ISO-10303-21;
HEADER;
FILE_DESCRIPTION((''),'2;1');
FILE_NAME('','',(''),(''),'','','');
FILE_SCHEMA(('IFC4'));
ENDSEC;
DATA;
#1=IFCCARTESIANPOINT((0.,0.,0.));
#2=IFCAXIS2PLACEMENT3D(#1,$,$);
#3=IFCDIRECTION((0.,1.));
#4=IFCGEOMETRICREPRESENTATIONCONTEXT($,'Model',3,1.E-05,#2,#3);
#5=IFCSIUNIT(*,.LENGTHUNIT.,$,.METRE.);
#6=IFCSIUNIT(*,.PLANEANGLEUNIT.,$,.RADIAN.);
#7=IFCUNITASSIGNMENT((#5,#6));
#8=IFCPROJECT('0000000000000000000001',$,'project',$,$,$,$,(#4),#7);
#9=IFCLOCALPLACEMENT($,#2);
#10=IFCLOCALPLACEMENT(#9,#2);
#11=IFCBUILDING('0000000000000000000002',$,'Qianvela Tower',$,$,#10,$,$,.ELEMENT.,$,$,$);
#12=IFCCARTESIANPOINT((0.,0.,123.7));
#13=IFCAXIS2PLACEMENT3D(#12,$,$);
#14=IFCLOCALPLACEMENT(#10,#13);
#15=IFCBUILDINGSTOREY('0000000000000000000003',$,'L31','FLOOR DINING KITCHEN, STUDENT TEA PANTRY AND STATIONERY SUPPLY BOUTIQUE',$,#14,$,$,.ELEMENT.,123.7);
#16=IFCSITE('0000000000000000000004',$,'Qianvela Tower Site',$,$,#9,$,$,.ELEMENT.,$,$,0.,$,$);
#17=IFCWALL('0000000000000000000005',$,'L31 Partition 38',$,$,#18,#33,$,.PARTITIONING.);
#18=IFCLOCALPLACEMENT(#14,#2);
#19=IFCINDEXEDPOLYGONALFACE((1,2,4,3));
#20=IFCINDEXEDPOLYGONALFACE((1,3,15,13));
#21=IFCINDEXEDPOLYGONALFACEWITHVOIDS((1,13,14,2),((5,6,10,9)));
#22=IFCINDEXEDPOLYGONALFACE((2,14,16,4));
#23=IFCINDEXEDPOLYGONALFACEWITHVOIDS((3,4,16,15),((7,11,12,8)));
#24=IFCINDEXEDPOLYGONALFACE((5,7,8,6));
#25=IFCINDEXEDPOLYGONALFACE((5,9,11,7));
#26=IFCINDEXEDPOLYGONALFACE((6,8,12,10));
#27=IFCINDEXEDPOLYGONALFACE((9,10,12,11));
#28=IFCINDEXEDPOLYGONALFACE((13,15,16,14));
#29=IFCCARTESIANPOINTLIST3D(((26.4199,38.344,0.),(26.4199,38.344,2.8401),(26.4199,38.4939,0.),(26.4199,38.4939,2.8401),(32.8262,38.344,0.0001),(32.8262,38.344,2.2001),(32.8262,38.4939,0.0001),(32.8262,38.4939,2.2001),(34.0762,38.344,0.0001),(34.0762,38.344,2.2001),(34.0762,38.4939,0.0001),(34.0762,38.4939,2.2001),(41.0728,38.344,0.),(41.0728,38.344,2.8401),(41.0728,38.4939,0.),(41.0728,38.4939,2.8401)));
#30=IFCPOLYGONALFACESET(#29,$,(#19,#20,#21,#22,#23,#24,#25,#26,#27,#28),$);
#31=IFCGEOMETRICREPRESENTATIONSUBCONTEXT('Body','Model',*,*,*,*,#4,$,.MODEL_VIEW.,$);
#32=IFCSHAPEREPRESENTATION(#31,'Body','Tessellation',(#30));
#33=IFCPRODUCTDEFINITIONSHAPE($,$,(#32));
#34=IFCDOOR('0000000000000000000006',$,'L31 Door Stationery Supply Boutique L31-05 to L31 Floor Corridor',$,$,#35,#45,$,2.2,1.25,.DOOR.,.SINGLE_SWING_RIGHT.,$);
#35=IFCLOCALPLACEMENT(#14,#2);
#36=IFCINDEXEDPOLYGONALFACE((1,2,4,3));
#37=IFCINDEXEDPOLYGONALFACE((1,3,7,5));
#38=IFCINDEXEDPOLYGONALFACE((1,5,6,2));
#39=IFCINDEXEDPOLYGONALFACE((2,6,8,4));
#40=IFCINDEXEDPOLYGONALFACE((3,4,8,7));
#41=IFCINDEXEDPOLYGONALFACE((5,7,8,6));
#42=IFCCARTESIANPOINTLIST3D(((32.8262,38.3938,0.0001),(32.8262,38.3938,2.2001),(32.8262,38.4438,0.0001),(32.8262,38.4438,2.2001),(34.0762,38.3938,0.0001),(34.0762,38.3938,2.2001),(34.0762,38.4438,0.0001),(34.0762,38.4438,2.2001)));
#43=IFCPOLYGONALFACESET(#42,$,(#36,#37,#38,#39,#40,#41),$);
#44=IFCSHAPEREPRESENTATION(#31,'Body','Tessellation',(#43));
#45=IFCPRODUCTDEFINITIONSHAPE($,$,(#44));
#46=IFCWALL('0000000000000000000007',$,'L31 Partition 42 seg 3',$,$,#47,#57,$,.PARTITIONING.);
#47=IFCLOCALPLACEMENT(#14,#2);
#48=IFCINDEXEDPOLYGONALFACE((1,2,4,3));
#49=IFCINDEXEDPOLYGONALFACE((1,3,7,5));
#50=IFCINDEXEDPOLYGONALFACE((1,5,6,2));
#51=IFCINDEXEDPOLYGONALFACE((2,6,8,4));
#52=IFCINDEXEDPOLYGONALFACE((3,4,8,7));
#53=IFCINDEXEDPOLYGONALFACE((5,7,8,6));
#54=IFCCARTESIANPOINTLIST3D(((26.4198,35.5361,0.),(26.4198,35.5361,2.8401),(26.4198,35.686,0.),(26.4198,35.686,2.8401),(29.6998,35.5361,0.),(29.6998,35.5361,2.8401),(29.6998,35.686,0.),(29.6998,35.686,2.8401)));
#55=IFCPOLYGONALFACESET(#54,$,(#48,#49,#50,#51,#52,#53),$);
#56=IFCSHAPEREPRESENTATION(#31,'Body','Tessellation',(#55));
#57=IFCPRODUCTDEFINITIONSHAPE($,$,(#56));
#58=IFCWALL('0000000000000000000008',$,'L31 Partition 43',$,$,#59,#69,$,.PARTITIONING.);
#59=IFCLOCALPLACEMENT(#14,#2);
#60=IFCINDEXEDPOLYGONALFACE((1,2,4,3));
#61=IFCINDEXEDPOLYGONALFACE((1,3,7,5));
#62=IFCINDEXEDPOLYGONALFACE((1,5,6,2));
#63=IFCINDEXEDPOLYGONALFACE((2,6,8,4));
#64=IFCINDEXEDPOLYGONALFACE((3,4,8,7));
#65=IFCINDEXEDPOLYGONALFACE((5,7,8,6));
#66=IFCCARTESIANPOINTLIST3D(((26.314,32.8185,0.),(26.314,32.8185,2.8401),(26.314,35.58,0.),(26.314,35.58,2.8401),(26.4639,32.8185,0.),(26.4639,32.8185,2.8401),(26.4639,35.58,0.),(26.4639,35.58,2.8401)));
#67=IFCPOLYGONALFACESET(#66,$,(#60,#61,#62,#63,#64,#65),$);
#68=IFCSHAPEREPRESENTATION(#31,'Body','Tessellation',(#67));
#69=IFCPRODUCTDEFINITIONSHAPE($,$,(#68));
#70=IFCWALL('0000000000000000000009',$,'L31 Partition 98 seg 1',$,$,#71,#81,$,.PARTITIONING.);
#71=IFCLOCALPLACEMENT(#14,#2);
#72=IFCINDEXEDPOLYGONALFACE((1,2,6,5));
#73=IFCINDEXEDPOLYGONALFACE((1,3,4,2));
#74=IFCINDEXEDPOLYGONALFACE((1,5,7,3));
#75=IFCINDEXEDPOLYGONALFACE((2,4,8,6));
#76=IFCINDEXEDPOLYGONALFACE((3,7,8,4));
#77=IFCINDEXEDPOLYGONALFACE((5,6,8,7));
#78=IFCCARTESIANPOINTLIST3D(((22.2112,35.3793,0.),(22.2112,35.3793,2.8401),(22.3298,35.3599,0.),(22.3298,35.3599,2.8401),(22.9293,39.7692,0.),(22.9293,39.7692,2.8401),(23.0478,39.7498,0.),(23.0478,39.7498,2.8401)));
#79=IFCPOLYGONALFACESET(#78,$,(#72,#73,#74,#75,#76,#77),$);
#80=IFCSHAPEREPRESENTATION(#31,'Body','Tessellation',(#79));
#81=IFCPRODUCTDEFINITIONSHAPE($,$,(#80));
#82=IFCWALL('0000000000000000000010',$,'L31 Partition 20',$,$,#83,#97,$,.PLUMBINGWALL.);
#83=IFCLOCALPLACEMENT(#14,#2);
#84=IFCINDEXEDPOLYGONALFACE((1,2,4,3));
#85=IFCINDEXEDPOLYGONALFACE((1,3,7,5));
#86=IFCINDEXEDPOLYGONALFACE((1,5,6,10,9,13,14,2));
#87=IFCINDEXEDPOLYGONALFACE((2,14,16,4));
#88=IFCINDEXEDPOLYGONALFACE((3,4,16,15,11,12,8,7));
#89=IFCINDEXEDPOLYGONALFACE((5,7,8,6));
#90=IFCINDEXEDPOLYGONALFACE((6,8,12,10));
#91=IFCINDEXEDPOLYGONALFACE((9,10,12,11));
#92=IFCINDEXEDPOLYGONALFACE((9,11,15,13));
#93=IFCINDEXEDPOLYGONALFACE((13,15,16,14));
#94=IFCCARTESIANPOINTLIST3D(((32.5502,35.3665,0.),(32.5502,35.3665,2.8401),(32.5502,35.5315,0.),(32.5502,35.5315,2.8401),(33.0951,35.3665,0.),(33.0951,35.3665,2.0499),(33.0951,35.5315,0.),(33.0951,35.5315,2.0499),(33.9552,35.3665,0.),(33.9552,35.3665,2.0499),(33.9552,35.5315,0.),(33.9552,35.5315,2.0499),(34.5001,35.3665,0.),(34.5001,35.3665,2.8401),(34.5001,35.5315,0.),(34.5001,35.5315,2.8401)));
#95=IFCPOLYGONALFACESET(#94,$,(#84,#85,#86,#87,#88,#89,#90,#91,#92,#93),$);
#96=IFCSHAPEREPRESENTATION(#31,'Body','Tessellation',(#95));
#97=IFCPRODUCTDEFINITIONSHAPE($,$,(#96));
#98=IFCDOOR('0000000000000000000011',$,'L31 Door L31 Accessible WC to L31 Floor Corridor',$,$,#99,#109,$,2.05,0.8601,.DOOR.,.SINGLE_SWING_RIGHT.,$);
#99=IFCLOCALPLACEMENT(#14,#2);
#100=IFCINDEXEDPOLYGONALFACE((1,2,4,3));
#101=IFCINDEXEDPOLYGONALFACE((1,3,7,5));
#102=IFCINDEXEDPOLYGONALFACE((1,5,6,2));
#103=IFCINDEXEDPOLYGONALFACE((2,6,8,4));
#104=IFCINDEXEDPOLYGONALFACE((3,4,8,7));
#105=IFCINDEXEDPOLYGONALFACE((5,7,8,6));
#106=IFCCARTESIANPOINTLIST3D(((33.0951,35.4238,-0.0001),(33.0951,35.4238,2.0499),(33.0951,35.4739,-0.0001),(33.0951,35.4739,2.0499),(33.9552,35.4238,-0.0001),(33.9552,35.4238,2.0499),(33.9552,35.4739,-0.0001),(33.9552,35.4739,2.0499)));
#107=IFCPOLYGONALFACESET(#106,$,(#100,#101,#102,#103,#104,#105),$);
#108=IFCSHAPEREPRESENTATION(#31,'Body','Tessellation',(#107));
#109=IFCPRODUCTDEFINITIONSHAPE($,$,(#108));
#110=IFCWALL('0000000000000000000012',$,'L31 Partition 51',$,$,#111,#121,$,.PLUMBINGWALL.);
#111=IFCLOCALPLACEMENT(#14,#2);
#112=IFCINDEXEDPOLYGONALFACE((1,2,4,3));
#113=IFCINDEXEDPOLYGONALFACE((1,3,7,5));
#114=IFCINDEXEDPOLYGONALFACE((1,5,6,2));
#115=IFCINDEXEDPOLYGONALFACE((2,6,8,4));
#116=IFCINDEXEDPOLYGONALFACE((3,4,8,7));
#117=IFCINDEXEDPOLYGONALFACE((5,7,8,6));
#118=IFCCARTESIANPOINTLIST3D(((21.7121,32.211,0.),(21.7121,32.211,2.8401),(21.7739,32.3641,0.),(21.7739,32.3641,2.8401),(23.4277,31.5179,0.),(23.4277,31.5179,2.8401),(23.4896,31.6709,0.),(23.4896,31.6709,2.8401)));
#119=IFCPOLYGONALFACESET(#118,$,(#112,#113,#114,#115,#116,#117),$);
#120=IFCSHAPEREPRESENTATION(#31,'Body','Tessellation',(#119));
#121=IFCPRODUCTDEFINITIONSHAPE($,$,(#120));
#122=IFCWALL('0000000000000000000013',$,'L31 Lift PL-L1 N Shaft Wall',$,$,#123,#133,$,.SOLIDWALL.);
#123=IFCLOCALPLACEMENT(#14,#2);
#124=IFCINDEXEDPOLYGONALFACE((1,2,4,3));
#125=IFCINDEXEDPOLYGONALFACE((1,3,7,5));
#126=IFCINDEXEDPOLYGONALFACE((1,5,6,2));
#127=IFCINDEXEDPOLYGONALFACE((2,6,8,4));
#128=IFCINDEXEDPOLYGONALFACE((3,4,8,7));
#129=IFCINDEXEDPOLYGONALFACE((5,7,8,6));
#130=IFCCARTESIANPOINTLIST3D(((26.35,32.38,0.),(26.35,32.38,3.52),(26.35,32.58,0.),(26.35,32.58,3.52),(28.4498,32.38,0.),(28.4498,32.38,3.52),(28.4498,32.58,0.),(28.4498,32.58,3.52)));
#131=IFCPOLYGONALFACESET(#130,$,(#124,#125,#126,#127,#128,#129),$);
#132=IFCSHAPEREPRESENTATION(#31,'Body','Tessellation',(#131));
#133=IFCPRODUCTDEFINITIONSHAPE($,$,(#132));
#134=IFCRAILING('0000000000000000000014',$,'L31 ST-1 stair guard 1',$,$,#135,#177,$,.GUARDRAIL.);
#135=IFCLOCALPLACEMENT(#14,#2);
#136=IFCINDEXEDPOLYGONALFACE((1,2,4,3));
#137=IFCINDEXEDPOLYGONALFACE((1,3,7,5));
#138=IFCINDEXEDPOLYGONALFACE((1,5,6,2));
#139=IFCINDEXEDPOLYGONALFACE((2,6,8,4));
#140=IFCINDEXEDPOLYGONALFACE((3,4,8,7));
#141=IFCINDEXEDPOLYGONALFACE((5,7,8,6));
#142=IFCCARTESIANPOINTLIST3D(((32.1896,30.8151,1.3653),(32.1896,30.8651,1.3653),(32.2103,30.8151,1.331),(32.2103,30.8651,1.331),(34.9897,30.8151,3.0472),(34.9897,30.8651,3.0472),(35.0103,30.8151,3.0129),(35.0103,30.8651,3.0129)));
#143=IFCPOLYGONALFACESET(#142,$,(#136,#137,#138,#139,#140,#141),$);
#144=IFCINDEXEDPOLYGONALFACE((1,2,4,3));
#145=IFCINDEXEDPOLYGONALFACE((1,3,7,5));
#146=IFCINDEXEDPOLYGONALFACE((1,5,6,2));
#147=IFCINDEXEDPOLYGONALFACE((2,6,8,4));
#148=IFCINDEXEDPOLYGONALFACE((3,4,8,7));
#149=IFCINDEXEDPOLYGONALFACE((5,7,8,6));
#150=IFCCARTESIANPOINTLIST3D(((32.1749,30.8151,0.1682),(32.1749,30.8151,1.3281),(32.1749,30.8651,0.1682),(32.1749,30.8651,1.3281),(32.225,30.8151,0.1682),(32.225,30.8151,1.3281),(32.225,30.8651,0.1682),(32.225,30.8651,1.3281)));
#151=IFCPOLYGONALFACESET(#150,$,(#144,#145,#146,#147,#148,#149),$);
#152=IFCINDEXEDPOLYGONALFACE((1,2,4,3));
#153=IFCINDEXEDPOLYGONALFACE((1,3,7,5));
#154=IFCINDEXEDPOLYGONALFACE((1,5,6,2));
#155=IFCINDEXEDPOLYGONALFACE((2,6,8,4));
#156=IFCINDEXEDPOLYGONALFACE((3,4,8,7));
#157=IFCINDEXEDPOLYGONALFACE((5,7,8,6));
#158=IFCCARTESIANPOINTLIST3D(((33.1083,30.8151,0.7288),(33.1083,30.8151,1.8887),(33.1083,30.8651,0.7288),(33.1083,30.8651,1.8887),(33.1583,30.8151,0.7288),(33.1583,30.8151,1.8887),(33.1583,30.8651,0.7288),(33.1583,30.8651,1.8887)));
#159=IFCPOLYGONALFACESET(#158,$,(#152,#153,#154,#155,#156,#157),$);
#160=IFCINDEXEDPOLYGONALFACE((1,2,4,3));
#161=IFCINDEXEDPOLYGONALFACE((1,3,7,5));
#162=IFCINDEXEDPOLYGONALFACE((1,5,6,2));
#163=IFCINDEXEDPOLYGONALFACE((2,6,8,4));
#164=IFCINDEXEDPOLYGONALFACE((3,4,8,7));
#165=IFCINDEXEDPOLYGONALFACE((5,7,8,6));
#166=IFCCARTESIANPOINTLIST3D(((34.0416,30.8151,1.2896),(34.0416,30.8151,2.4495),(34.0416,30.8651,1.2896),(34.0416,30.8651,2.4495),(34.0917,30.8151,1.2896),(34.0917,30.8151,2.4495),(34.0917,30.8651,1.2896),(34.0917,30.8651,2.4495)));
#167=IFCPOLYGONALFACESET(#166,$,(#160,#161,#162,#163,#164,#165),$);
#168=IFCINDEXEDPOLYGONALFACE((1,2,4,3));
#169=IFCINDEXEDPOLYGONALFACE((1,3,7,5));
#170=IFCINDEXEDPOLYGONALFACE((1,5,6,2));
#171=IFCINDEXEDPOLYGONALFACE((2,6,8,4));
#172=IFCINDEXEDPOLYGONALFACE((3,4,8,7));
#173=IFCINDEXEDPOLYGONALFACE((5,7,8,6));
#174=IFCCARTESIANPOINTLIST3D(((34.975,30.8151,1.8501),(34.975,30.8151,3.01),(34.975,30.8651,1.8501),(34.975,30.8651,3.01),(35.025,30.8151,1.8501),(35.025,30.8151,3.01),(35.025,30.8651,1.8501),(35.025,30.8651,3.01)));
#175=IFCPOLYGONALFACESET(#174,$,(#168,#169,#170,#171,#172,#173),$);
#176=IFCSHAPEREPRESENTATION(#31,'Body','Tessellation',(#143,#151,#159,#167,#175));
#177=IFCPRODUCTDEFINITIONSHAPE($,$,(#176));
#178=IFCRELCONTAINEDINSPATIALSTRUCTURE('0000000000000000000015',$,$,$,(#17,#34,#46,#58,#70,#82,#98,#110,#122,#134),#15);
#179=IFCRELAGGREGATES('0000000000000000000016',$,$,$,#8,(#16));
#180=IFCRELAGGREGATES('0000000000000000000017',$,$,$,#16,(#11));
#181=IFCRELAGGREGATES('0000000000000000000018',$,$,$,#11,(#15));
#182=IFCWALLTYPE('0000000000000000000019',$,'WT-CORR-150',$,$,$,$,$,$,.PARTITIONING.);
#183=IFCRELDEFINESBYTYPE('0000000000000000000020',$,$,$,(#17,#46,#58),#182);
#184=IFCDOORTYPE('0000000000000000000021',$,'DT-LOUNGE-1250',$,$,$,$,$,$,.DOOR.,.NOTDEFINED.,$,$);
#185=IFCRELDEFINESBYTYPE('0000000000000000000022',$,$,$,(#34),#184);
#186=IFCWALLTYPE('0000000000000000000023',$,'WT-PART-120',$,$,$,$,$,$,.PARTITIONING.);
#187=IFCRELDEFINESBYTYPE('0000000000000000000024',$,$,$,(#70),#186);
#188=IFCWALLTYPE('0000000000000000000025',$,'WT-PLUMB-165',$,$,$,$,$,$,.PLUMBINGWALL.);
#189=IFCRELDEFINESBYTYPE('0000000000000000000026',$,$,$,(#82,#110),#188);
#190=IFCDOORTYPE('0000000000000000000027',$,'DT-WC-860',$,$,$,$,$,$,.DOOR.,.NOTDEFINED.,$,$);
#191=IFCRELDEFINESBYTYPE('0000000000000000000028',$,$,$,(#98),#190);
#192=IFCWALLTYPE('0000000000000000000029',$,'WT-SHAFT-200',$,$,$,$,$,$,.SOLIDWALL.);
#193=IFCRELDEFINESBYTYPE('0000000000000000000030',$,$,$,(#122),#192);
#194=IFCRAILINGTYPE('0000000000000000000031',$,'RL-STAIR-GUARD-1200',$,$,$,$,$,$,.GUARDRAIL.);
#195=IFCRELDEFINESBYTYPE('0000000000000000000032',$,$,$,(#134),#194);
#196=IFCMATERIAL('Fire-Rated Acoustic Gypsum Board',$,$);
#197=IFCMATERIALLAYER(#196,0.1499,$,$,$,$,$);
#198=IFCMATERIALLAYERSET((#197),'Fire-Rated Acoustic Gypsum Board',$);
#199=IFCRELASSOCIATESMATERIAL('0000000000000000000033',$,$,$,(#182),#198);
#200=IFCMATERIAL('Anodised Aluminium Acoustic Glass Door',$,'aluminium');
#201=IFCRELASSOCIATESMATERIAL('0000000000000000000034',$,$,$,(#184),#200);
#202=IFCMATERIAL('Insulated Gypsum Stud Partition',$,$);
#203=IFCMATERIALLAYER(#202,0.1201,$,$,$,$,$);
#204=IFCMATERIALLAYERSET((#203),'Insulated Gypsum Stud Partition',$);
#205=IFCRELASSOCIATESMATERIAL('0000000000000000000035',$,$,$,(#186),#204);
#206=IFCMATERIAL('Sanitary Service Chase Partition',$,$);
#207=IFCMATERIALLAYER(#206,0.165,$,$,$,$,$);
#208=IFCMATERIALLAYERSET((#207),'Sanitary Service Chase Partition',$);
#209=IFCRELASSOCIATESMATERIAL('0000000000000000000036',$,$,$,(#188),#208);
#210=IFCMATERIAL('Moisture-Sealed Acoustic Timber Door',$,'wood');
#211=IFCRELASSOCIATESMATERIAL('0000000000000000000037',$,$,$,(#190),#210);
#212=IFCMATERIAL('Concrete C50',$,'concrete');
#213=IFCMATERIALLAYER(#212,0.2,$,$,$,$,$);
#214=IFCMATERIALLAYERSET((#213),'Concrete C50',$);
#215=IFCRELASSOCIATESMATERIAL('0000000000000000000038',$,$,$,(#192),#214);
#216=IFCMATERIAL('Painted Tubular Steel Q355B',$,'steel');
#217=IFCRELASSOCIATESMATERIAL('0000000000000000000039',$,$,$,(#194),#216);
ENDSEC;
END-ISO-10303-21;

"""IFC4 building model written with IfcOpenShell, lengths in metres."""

from ifc_helpers import new_model, si_unit, direction, frame, frame_2d, origin, origin_2d, place, context, subcontext, project, spatial, rectangle, extrude, material, layer, layer_set, type_object, element, fill, save


model = new_model("IFC4")

# Units and contexts
model_context = context("Model", 3, precision=1e-05, world=origin(), true_north=direction((0.0, 1.0)))
body_context = subcontext(model_context, "Body", "Model", "MODEL_VIEW")
ifc_project = project(units=[si_unit("LENGTHUNIT", "METRE"), si_unit("PLANEANGLEUNIT", "RADIAN")], contexts=[model_context])

# Site, building, storey
site_placement = place(None, origin())
site = spatial("IfcSite", under=ifc_project, at=site_placement, Name="Qianvela Tower Site", CompositionType="ELEMENT", RefElevation=0.0)
building_placement = place(site_placement, origin())
building = spatial("IfcBuilding", under=site, at=building_placement, Name="Qianvela Tower", CompositionType="ELEMENT")
storey_placement = place(building_placement, frame((0.0, 0.0, 123.7)))
storey = spatial("IfcBuildingStorey", under=building, at=storey_placement, Name="L31", Description="FLOOR DINING KITCHEN, STUDENT TEA PANTRY AND STATIONERY SUPPLY BOUTIQUE", CompositionType="ELEMENT", Elevation=123.7)

# Shared definitions
ifc_material_1 = material(Name="Fire-Rated Acoustic Gypsum Board")
ifc_layer_1 = layer(ifc_material_1, 0.1499)
ifc_layer_set_1 = layer_set([ifc_layer_1], Name="Fire-Rated Acoustic Gypsum Board")
wall_type_1 = type_object("IfcWallType", Name="WT-CORR-150", PredefinedType="PARTITIONING", material=ifc_layer_set_1)

# Wall, opening, door
wall_1_placement = place(storey_placement, frame((26.4199, 38.4189, 0.0), z_axis=(0.0, 0.0, 1.0), x_axis=(1.0, 0.0, 0.0)))
wall_1 = element("IfcWall", 1, at=wall_1_placement, inside=storey, type_object=wall_type_1, Name="L31 Partition 38", PredefinedType="PARTITIONING", context=body_context, shape_type="SweptSolid", body=[
    extrude(rectangle(XDim=14.6528, YDim=0.1499, at=frame_2d((7.3264, 0.0))), origin(), (0.0, 0.0, 1.0), 2.8401),
])
opening_1_placement = place(wall_1_placement, frame((6.4062, 0.0, 0.0)))
opening_1 = element("IfcOpeningElement", 2, at=opening_1_placement, cuts=wall_1, PredefinedType="OPENING", context=body_context, shape_type="SweptSolid", body=[
    extrude(rectangle(XDim=1.25, YDim=2.2, at=frame_2d((0.625, 1.1001))), frame((0.0, 0.085, 0.0), z_axis=(0.0, -1.0, 0.0), x_axis=(1.0, 0.0, 0.0)), (0.0, 0.0, 1.0), 0.1699),
])
ifc_material_2 = material(Name="Anodised Aluminium Acoustic Glass Door", Category="aluminium")
door_type_1 = type_object("IfcDoorType", Name="DT-LOUNGE-1250", OperationType="NOTDEFINED", PredefinedType="DOOR", material=ifc_material_2)
door_1_placement = place(opening_1_placement, origin())
door_1 = element("IfcDoor", 3, at=door_1_placement, inside=storey, type_object=door_type_1, Name="L31 Door Stationery Supply Boutique L31-05 to L31 Floor Corridor", OperationType="SINGLE_SWING_RIGHT", OverallHeight=2.2, OverallWidth=1.25, PredefinedType="DOOR", context=body_context, shape_type="SweptSolid", body=[
    extrude(rectangle(XDim=1.25, YDim=2.2, at=frame_2d((0.625, 1.1001))), frame((0.0, 0.0249, 0.0), z_axis=(0.0, -1.0, 0.0), x_axis=(1.0, 0.0, 0.0)), (0.0, 0.0, 1.0), 0.05),
])
fill(opening_1, door_1)

# Walls
wall_2_placement = place(storey_placement, frame((29.7, 35.6111, 0.0), z_axis=(0.0, 0.0, 1.0), x_axis=(-1.0, 0.0, 0.0)))
element("IfcWall", 4, at=wall_2_placement, inside=storey, type_object=wall_type_1, Name="L31 Partition 42 seg 3", PredefinedType="PARTITIONING", context=body_context, shape_type="SweptSolid", body=[
    extrude(rectangle(XDim=3.28, YDim=0.1499, at=frame_2d((1.6401, 0.0))), origin(), (0.0, 0.0, 1.0), 2.8401),
])
wall_3_placement = place(storey_placement, frame((26.3889, 35.5801, 0.0), z_axis=(0.0, 0.0, 1.0), x_axis=(0.0, -1.0, 0.0)))
element("IfcWall", 5, at=wall_3_placement, inside=storey, type_object=wall_type_1, Name="L31 Partition 43", PredefinedType="PARTITIONING", context=body_context, shape_type="SweptSolid", body=[
    extrude(rectangle(XDim=2.7615, YDim=0.1499, at=frame_2d((1.3809, 0.0))), origin(), (0.0, 0.0, 1.0), 2.8401),
])
ifc_material_3 = material(Name="Insulated Gypsum Stud Partition")
ifc_layer_2 = layer(ifc_material_3, 0.1201)
ifc_layer_set_2 = layer_set([ifc_layer_2], Name="Insulated Gypsum Stud Partition")
wall_type_2 = type_object("IfcWallType", Name="WT-PART-120", PredefinedType="PARTITIONING", material=ifc_layer_set_2)
wall_4_placement = place(storey_placement, frame((22.2705, 35.3696, 0.0), z_axis=(0.0, 0.0, 1.0), x_axis=(0.161417, 0.986886, 0.0)))
element("IfcWall", 6, at=wall_4_placement, inside=storey, type_object=wall_type_2, Name="L31 Partition 98 seg 1", PredefinedType="PARTITIONING", context=body_context, shape_type="SweptSolid", body=[
    extrude(rectangle(XDim=4.4482, YDim=0.1201, at=frame_2d((2.2241, 0.0))), origin(), (0.0, 0.0, 1.0), 2.8401),
])

# Wall, opening, door
ifc_material_4 = material(Name="Sanitary Service Chase Partition")
ifc_layer_3 = layer(ifc_material_4, 0.165)
ifc_layer_set_3 = layer_set([ifc_layer_3], Name="Sanitary Service Chase Partition")
wall_type_3 = type_object("IfcWallType", Name="WT-PLUMB-165", PredefinedType="PLUMBINGWALL", material=ifc_layer_set_3)
wall_5_placement = place(storey_placement, frame((32.55, 35.449, 0.0), z_axis=(0.0, 0.0, 1.0), x_axis=(1.0, 0.0, 0.0)))
wall_5 = element("IfcWall", 7, at=wall_5_placement, inside=storey, type_object=wall_type_3, Name="L31 Partition 20", PredefinedType="PLUMBINGWALL", context=body_context, shape_type="SweptSolid", body=[
    extrude(rectangle(XDim=1.95, YDim=0.165, at=frame_2d((0.9751, 0.0))), origin(), (0.0, 0.0, 1.0), 2.8401),
])
opening_2_placement = place(wall_5_placement, frame((0.5449, 0.0, 0.0)))
opening_2 = element("IfcOpeningElement", 8, at=opening_2_placement, cuts=wall_5, PredefinedType="OPENING", context=body_context, shape_type="SweptSolid", body=[
    extrude(rectangle(XDim=0.8601, YDim=2.05, at=frame_2d((0.4302, 1.0249))), frame((0.0, 0.0925, 0.0), z_axis=(0.0, -1.0, 0.0), x_axis=(1.0, 0.0, 0.0)), (0.0, 0.0, 1.0), 0.1851),
])
ifc_material_5 = material(Name="Moisture-Sealed Acoustic Timber Door", Category="wood")
door_type_2 = type_object("IfcDoorType", Name="DT-WC-860", OperationType="NOTDEFINED", PredefinedType="DOOR", material=ifc_material_5)
door_2_placement = place(opening_2_placement, origin())
door_2 = element("IfcDoor", 9, at=door_2_placement, inside=storey, type_object=door_type_2, Name="L31 Door L31 Accessible WC to L31 Floor Corridor", OperationType="SINGLE_SWING_RIGHT", OverallHeight=2.05, OverallWidth=0.8601, PredefinedType="DOOR", context=body_context, shape_type="SweptSolid", body=[
    extrude(rectangle(XDim=0.8601, YDim=2.05, at=frame_2d((0.4302, 1.0249))), frame((0.0, 0.0249, 0.0), z_axis=(0.0, -1.0, 0.0), x_axis=(1.0, 0.0, 0.0)), (0.0, 0.0, 1.0), 0.05),
])
fill(opening_2, door_2)

# Walls
wall_6_placement = place(storey_placement, frame((21.7429, 32.2876, 0.0), z_axis=(0.0, 0.0, 1.0), x_axis=(0.927188, -0.374596, 0.0)))
element("IfcWall", 10, at=wall_6_placement, inside=storey, type_object=wall_type_3, Name="L31 Partition 51", PredefinedType="PLUMBINGWALL", context=body_context, shape_type="SweptSolid", body=[
    extrude(rectangle(XDim=1.8503, YDim=0.165, at=frame_2d((0.9253, 0.0))), origin(), (0.0, 0.0, 1.0), 2.8401),
])
ifc_material_6 = material(Name="Concrete C50", Category="concrete")
ifc_layer_4 = layer(ifc_material_6, 0.2)
ifc_layer_set_4 = layer_set([ifc_layer_4], Name="Concrete C50")
wall_type_4 = type_object("IfcWallType", Name="WT-SHAFT-200", PredefinedType="SOLIDWALL", material=ifc_layer_set_4)
wall_7_placement = place(storey_placement, frame((26.3501, 32.48, 0.0), z_axis=(0.0, 0.0, 1.0), x_axis=(1.0, 0.0, 0.0)))
element("IfcWall", 11, at=wall_7_placement, inside=storey, type_object=wall_type_4, Name="L31 Lift PL-L1 N Shaft Wall", PredefinedType="SOLIDWALL", context=body_context, shape_type="SweptSolid", body=[
    extrude(rectangle(XDim=2.0999, YDim=0.2, at=frame_2d((1.0498, 0.0))), origin(), (0.0, 0.0, 1.0), 3.52),
])

# Railing
ifc_material_7 = material(Name="Painted Tubular Steel Q355B", Category="steel")
railing_type = type_object("IfcRailingType", Name="RL-STAIR-GUARD-1200", PredefinedType="GUARDRAIL", material=ifc_material_7)
railing_1_placement = place(storey_placement, frame((32.2, 30.8401, 0.1682)))
element("IfcRailing", 12, at=railing_1_placement, inside=storey, type_object=railing_type, Name="L31 ST-1 stair guard 1", PredefinedType="GUARDRAIL", context=body_context, shape_type="SweptSolid", body=[
    extrude(rectangle(XDim=0.05, YDim=0.04, at=origin_2d()), frame((0.0, 0.0, 1.1799), z_axis=(0.857242, 0.0, 0.514913), x_axis=(0.0, 1.0, 0.0)), (0.0, 0.0, 1.0), 3.2664),
    extrude(rectangle(XDim=0.05, YDim=0.05, at=origin_2d()), origin(), (0.0, 0.0, 1.0), 1.1599),
    extrude(rectangle(XDim=0.05, YDim=0.05, at=origin_2d()), frame((0.9333, 0.0, 0.5605)), (0.0, 0.0, 1.0), 1.1599),
    extrude(rectangle(XDim=0.05, YDim=0.05, at=origin_2d()), frame((1.8667, 0.0, 1.1213)), (0.0, 0.0, 1.0), 1.1599),
    extrude(rectangle(XDim=0.05, YDim=0.05, at=origin_2d()), frame((2.8, 0.0, 1.6819)), (0.0, 0.0, 1.0), 1.1599),
])

save(model, "model.ifc")
